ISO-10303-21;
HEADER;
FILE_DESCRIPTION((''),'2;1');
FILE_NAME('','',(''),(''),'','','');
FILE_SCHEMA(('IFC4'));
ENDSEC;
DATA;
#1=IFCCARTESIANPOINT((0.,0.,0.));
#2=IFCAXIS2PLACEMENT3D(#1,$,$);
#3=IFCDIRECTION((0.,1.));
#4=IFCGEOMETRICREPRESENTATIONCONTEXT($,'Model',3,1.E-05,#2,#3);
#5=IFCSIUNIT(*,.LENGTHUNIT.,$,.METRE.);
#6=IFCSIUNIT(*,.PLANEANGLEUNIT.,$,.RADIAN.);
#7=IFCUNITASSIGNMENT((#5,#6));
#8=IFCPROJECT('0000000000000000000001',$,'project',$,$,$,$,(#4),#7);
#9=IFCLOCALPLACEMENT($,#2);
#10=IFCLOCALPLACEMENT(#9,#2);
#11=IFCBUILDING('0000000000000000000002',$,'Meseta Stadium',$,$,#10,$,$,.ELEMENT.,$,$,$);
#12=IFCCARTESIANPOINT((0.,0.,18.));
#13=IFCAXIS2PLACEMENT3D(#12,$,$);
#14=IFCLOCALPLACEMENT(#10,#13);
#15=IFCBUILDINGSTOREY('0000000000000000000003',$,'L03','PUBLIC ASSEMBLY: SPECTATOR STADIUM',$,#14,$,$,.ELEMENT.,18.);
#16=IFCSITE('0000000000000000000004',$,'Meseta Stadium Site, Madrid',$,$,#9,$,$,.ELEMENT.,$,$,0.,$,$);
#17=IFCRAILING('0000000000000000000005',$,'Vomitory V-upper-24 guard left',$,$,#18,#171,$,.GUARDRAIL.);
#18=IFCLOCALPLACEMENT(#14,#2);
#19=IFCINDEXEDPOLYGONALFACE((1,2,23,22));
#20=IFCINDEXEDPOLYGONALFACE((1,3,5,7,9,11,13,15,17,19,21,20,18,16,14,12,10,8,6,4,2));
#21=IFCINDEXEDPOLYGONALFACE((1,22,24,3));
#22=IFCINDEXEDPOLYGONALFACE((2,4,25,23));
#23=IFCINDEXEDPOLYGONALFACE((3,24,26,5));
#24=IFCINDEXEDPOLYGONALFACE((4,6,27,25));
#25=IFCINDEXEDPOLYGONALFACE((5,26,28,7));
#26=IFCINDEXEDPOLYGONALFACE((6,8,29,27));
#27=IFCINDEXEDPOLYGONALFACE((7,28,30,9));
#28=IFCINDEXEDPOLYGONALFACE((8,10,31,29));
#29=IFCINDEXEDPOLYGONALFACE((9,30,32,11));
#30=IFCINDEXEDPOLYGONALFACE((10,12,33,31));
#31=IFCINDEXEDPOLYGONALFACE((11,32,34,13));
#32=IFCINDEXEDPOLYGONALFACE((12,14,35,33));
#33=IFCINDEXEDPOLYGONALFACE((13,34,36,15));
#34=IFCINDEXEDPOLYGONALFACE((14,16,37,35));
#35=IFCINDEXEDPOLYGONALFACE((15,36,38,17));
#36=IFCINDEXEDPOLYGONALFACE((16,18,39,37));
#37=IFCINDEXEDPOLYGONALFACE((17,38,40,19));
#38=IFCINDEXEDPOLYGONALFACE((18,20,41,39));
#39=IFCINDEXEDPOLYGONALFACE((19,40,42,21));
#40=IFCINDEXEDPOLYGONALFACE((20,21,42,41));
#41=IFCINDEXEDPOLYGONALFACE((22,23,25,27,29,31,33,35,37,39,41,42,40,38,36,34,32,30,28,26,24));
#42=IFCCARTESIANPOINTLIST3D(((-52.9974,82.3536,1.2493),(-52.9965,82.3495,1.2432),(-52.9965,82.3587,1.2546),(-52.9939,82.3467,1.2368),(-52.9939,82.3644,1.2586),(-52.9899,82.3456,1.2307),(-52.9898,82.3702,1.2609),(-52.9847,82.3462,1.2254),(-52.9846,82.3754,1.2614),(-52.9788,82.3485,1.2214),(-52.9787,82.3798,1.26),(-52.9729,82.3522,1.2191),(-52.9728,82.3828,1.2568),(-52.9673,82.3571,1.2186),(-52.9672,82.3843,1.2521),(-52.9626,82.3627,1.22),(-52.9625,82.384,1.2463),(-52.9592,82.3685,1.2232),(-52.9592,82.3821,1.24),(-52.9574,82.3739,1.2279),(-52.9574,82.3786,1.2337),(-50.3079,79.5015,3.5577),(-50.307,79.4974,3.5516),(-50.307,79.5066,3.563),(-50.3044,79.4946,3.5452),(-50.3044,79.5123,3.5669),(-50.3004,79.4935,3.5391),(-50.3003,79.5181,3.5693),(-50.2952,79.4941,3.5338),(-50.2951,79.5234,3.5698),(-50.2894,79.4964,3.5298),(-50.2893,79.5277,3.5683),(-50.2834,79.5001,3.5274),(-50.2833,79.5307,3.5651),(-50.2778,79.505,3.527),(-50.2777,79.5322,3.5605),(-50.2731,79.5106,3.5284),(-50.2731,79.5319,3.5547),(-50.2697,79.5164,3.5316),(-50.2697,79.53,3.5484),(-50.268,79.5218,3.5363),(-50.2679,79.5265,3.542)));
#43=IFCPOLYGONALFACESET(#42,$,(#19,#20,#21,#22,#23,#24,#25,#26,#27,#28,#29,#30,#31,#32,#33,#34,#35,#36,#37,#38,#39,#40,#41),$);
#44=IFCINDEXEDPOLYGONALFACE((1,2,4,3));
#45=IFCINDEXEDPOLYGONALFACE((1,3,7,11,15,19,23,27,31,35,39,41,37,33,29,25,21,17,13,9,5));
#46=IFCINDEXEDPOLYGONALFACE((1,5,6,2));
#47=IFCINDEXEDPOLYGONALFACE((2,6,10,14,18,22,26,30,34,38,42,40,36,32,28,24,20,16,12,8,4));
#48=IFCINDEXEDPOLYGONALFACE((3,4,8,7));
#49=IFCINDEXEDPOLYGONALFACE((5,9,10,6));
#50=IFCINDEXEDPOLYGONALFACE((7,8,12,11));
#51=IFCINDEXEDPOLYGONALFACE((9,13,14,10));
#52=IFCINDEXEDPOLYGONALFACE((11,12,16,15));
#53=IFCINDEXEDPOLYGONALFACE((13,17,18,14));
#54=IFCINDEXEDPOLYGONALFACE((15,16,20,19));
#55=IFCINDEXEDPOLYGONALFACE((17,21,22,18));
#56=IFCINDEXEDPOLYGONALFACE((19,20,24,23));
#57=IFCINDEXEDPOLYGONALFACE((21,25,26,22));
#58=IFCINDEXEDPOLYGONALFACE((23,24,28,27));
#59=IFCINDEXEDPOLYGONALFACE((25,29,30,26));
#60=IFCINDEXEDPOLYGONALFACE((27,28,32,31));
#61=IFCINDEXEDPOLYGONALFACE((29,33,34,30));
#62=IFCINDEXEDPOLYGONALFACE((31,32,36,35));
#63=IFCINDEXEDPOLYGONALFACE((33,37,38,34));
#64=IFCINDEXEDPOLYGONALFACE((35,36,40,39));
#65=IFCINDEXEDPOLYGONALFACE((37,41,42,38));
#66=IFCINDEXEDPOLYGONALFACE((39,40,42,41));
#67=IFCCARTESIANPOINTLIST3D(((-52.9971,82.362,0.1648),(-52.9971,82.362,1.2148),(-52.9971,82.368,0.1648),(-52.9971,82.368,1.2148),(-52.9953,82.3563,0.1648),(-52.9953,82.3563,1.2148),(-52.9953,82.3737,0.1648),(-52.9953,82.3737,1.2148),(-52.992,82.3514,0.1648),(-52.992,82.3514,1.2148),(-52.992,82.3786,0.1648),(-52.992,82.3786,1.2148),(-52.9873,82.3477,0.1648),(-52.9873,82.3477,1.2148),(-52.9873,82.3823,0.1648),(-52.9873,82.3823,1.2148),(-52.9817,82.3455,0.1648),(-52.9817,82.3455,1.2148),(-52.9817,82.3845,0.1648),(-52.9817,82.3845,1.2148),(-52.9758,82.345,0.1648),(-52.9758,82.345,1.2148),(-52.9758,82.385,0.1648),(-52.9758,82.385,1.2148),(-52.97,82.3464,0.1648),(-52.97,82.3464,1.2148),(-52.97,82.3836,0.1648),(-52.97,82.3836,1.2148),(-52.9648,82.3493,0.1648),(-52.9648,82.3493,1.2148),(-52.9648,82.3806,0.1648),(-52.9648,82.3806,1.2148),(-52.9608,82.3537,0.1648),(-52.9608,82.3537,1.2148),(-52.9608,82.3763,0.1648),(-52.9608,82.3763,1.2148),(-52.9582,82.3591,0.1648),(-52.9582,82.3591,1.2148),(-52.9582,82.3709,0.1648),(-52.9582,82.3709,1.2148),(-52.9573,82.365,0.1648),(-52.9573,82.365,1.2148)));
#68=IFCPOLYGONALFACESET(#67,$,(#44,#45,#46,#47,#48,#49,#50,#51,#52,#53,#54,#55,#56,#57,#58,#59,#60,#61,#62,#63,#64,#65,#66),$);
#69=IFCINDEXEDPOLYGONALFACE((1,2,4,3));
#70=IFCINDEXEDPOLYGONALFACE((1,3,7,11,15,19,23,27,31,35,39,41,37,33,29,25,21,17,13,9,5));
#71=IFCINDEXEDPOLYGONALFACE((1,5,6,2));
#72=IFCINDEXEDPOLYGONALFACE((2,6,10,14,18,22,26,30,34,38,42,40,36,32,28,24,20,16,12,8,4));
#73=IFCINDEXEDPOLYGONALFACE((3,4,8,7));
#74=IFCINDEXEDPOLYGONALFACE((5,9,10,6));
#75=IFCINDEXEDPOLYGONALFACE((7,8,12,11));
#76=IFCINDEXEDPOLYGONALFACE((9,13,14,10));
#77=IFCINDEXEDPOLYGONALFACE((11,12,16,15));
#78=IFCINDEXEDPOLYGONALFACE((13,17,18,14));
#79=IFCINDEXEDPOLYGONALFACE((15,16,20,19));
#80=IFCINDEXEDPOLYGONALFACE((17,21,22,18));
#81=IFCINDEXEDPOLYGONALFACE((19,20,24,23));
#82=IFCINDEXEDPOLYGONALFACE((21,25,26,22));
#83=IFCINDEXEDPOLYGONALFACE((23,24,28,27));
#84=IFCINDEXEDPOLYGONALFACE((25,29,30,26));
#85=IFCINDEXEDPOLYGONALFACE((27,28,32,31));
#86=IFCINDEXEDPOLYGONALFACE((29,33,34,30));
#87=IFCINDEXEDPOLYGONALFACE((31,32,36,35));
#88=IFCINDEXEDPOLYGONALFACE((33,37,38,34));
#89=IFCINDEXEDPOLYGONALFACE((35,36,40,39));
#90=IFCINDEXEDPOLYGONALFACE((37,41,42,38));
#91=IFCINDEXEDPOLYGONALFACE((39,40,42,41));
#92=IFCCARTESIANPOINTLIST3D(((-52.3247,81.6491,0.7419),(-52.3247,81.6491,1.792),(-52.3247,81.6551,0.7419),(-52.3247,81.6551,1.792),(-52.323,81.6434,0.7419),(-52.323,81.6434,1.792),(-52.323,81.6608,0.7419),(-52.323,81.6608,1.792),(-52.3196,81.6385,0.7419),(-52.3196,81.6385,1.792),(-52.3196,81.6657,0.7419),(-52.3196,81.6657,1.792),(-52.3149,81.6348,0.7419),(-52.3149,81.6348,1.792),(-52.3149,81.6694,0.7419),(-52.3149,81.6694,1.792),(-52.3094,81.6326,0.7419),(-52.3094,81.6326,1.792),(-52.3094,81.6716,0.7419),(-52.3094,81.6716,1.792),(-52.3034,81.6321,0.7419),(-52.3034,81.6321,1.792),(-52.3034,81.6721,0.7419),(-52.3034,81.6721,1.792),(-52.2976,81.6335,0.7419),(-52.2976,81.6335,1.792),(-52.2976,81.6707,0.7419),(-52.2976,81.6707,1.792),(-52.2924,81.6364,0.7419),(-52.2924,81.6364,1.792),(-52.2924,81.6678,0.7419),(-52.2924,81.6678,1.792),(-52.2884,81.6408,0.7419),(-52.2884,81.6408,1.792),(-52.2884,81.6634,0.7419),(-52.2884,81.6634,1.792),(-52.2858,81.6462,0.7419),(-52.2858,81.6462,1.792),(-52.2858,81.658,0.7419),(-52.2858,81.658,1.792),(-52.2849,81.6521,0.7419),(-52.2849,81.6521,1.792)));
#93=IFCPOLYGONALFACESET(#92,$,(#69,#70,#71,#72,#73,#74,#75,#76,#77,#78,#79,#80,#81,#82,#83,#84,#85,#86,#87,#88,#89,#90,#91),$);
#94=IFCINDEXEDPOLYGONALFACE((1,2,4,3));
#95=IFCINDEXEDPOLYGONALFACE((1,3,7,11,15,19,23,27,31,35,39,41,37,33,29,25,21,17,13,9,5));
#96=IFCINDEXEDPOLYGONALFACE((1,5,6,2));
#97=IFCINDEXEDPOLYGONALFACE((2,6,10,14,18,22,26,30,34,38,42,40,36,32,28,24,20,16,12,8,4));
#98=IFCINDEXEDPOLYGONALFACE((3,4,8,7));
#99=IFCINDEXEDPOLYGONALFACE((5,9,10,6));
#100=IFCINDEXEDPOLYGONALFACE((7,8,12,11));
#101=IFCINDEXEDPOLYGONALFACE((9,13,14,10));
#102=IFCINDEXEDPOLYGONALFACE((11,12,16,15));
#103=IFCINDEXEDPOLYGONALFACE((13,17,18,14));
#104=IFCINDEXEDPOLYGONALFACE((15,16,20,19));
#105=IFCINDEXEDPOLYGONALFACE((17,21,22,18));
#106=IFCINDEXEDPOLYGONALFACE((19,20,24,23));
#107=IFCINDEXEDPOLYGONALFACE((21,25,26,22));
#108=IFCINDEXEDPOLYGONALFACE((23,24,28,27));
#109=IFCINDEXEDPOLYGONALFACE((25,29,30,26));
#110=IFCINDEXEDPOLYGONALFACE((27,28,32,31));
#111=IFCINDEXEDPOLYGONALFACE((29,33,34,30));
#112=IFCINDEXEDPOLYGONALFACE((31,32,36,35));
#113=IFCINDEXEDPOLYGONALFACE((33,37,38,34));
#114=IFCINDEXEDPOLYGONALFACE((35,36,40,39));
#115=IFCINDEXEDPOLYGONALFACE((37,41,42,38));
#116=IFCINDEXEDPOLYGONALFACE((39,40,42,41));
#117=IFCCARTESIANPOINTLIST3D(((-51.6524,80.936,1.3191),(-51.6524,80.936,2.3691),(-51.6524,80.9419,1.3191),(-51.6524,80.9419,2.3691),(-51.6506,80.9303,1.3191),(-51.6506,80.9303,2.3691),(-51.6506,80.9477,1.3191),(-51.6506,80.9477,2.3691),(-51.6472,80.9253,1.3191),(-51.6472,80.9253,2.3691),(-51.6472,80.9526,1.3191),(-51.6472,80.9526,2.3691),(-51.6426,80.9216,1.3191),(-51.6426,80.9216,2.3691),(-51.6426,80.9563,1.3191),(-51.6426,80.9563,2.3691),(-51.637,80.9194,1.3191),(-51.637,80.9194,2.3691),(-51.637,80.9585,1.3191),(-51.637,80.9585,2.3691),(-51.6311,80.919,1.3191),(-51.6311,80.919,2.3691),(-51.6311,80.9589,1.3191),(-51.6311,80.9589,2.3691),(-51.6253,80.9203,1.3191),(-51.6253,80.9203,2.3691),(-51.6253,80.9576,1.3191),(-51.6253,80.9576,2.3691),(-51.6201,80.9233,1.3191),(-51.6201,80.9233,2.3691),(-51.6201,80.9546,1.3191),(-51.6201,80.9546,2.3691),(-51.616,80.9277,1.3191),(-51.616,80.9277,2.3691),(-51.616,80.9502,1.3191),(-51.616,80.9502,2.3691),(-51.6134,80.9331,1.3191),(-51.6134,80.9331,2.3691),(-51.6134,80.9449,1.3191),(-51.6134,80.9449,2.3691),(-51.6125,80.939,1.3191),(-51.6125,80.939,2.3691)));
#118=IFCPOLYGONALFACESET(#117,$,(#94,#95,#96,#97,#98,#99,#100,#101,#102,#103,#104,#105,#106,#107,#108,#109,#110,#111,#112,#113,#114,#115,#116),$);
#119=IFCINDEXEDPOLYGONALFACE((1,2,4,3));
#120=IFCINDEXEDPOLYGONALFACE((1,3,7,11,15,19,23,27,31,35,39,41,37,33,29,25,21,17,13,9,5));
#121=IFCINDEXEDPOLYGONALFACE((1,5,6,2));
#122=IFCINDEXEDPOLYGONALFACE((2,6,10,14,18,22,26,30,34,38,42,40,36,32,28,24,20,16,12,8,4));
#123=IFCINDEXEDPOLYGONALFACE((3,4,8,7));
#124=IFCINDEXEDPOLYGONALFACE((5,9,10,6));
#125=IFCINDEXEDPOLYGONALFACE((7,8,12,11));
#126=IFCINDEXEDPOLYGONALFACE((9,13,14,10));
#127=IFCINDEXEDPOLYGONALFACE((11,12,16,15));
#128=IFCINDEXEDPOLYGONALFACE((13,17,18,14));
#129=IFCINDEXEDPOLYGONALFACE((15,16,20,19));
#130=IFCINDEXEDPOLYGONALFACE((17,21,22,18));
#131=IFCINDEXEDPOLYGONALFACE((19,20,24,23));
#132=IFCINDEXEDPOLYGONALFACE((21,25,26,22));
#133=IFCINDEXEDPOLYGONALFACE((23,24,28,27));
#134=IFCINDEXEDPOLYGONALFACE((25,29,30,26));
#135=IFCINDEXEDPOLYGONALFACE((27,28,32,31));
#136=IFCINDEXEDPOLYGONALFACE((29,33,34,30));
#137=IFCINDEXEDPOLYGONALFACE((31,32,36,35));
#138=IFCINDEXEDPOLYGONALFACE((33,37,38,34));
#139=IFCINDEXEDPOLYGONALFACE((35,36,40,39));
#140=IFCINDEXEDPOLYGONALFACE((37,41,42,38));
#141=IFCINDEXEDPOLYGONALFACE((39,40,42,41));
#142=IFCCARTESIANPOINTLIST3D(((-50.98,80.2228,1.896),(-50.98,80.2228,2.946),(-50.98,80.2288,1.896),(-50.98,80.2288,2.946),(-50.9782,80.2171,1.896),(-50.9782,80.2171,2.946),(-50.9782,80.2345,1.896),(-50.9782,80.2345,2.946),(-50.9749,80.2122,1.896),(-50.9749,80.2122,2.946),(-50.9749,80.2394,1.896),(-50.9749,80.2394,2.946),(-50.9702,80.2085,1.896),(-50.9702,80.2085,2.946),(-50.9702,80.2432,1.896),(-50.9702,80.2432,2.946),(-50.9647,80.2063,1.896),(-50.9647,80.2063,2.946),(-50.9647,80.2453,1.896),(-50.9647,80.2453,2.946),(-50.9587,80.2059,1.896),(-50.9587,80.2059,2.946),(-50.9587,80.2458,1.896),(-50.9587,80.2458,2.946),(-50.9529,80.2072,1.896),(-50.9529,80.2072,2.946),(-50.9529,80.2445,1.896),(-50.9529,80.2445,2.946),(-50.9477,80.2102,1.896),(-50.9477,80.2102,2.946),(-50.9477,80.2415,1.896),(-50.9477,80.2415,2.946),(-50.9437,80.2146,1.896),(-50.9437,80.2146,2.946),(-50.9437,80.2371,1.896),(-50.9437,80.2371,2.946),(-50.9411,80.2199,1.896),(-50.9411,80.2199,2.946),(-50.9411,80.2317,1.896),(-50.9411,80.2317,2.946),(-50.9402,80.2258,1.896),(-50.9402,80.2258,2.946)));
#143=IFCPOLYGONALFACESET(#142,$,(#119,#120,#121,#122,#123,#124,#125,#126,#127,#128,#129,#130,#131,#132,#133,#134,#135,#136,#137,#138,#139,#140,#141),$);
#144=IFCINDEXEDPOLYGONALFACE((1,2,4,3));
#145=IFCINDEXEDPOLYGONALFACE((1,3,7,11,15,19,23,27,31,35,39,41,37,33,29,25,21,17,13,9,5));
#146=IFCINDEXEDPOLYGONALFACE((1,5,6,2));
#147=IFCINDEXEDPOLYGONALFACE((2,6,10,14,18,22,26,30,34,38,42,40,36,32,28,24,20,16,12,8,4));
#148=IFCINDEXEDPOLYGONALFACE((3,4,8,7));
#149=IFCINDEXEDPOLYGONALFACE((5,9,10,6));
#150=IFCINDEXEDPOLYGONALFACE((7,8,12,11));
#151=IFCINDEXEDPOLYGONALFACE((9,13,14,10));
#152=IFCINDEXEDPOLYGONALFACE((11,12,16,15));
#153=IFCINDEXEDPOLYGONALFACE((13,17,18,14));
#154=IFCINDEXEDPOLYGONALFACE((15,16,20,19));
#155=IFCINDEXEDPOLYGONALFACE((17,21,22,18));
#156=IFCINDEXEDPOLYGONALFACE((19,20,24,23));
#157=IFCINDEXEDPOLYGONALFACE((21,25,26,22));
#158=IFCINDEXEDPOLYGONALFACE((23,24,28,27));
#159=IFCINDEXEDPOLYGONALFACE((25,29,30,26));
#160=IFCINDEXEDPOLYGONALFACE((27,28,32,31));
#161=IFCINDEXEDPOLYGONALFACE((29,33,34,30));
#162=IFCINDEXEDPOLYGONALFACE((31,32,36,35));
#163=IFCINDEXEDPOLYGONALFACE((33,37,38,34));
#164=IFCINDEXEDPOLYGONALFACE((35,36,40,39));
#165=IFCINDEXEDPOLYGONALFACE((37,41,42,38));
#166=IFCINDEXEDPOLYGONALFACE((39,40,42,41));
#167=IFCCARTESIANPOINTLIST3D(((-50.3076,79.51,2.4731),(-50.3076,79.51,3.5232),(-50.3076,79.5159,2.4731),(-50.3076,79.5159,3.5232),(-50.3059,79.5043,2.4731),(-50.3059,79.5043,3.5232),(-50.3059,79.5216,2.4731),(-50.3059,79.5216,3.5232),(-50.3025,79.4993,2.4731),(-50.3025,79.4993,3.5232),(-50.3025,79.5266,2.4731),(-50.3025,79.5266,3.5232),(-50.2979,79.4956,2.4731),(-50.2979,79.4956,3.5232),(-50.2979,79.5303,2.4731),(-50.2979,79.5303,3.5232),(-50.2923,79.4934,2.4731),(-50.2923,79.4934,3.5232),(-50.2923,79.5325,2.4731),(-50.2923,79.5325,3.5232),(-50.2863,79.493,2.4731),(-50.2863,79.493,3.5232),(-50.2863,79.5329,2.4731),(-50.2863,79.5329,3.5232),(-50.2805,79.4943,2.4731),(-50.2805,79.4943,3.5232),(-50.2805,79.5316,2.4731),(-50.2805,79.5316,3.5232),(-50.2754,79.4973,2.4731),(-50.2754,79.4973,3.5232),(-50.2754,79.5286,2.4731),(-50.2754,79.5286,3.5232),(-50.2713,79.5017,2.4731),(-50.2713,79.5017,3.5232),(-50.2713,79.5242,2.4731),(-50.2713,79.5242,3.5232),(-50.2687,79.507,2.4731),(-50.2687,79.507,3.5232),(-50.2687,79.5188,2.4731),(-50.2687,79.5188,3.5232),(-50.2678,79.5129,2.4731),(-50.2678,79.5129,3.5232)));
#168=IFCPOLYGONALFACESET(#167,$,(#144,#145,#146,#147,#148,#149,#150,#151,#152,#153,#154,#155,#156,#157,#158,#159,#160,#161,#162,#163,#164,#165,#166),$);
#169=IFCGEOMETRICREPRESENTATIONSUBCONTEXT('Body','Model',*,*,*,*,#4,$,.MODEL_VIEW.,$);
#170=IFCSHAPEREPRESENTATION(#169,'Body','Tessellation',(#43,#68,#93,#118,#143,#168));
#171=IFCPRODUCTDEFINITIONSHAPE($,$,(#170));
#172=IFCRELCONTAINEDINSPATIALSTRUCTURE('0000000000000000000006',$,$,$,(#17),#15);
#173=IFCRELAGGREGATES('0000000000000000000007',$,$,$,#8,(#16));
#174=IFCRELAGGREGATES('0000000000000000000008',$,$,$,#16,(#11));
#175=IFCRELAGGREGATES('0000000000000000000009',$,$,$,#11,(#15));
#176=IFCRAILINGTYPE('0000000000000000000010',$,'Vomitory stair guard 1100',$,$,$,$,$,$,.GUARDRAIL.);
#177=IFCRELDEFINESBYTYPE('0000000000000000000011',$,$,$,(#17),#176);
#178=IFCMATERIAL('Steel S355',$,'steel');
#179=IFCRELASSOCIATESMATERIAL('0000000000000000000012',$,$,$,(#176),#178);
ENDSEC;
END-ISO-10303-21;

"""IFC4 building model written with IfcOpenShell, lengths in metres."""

from ifc_helpers import new_model, si_unit, direction, frame, origin, origin_2d, place, context, subcontext, project, spatial, circle, extrude, material, type_object, element, save


model = new_model("IFC4")

# Units and contexts
model_context = context("Model", 3, precision=1e-05, world=origin(), true_north=direction((0.0, 1.0)))
body_context = subcontext(model_context, "Body", "Model", "MODEL_VIEW")
ifc_project = project(units=[si_unit("LENGTHUNIT", "METRE"), si_unit("PLANEANGLEUNIT", "RADIAN")], contexts=[model_context])

# Site, building, storey
site_placement = place(None, origin())
site = spatial("IfcSite", under=ifc_project, at=site_placement, Name="Meseta Stadium Site, Madrid", CompositionType="ELEMENT", RefElevation=0.0)
building_placement = place(site_placement, origin())
building = spatial("IfcBuilding", under=site, at=building_placement, Name="Meseta Stadium", CompositionType="ELEMENT")
storey_placement = place(building_placement, frame((0.0, 0.0, 18.0)))
storey = spatial("IfcBuildingStorey", under=building, at=storey_placement, Name="L03", Description="PUBLIC ASSEMBLY: SPECTATOR STADIUM", CompositionType="ELEMENT", Elevation=18.0)

# Railing
ifc_material_1 = material(Name="Steel S355", Category="steel")
railing_type_1 = type_object("IfcRailingType", Name="Vomitory stair guard 1100", PredefinedType="GUARDRAIL", material=ifc_material_1)
for number, where, name in (
    (1, (-52.9773, 82.365, 0.1648), "Vomitory V-upper-24 guard left"),
):
    element("IfcRailing", number, at=place(storey_placement, frame(where)), inside=storey, type_object=railing_type_1, Name=name, PredefinedType="GUARDRAIL", context=body_context, shape_type="SweptSolid", body=[
        extrude(circle(Radius=0.0249, at=origin_2d()), frame((0.0, 0.0, 1.0752), z_axis=(0.591184, -0.626925, 0.507411), x_axis=(0.727541, 0.686064, 0.0)), (0.0, 0.0, 1.0), 4.5493),
        extrude(circle(Radius=0.02, at=origin_2d()), origin(), (0.0, 0.0, 1.0), 1.05),
        extrude(circle(Radius=0.02, at=origin_2d()), frame((0.6724, -0.7129, 0.5771)), (0.0, 0.0, 1.0), 1.05),
        extrude(circle(Radius=0.02, at=origin_2d()), frame((1.3447, -1.426, 1.1543)), (0.0, 0.0, 1.0), 1.05),
        extrude(circle(Radius=0.02, at=origin_2d()), frame((2.0171, -2.1392, 1.7312)), (0.0, 0.0, 1.0), 1.05),
        extrude(circle(Radius=0.02, at=origin_2d()), frame((2.6895, -2.8521, 2.3083)), (0.0, 0.0, 1.0), 1.05),
    ])

save(model, "model.ifc")
